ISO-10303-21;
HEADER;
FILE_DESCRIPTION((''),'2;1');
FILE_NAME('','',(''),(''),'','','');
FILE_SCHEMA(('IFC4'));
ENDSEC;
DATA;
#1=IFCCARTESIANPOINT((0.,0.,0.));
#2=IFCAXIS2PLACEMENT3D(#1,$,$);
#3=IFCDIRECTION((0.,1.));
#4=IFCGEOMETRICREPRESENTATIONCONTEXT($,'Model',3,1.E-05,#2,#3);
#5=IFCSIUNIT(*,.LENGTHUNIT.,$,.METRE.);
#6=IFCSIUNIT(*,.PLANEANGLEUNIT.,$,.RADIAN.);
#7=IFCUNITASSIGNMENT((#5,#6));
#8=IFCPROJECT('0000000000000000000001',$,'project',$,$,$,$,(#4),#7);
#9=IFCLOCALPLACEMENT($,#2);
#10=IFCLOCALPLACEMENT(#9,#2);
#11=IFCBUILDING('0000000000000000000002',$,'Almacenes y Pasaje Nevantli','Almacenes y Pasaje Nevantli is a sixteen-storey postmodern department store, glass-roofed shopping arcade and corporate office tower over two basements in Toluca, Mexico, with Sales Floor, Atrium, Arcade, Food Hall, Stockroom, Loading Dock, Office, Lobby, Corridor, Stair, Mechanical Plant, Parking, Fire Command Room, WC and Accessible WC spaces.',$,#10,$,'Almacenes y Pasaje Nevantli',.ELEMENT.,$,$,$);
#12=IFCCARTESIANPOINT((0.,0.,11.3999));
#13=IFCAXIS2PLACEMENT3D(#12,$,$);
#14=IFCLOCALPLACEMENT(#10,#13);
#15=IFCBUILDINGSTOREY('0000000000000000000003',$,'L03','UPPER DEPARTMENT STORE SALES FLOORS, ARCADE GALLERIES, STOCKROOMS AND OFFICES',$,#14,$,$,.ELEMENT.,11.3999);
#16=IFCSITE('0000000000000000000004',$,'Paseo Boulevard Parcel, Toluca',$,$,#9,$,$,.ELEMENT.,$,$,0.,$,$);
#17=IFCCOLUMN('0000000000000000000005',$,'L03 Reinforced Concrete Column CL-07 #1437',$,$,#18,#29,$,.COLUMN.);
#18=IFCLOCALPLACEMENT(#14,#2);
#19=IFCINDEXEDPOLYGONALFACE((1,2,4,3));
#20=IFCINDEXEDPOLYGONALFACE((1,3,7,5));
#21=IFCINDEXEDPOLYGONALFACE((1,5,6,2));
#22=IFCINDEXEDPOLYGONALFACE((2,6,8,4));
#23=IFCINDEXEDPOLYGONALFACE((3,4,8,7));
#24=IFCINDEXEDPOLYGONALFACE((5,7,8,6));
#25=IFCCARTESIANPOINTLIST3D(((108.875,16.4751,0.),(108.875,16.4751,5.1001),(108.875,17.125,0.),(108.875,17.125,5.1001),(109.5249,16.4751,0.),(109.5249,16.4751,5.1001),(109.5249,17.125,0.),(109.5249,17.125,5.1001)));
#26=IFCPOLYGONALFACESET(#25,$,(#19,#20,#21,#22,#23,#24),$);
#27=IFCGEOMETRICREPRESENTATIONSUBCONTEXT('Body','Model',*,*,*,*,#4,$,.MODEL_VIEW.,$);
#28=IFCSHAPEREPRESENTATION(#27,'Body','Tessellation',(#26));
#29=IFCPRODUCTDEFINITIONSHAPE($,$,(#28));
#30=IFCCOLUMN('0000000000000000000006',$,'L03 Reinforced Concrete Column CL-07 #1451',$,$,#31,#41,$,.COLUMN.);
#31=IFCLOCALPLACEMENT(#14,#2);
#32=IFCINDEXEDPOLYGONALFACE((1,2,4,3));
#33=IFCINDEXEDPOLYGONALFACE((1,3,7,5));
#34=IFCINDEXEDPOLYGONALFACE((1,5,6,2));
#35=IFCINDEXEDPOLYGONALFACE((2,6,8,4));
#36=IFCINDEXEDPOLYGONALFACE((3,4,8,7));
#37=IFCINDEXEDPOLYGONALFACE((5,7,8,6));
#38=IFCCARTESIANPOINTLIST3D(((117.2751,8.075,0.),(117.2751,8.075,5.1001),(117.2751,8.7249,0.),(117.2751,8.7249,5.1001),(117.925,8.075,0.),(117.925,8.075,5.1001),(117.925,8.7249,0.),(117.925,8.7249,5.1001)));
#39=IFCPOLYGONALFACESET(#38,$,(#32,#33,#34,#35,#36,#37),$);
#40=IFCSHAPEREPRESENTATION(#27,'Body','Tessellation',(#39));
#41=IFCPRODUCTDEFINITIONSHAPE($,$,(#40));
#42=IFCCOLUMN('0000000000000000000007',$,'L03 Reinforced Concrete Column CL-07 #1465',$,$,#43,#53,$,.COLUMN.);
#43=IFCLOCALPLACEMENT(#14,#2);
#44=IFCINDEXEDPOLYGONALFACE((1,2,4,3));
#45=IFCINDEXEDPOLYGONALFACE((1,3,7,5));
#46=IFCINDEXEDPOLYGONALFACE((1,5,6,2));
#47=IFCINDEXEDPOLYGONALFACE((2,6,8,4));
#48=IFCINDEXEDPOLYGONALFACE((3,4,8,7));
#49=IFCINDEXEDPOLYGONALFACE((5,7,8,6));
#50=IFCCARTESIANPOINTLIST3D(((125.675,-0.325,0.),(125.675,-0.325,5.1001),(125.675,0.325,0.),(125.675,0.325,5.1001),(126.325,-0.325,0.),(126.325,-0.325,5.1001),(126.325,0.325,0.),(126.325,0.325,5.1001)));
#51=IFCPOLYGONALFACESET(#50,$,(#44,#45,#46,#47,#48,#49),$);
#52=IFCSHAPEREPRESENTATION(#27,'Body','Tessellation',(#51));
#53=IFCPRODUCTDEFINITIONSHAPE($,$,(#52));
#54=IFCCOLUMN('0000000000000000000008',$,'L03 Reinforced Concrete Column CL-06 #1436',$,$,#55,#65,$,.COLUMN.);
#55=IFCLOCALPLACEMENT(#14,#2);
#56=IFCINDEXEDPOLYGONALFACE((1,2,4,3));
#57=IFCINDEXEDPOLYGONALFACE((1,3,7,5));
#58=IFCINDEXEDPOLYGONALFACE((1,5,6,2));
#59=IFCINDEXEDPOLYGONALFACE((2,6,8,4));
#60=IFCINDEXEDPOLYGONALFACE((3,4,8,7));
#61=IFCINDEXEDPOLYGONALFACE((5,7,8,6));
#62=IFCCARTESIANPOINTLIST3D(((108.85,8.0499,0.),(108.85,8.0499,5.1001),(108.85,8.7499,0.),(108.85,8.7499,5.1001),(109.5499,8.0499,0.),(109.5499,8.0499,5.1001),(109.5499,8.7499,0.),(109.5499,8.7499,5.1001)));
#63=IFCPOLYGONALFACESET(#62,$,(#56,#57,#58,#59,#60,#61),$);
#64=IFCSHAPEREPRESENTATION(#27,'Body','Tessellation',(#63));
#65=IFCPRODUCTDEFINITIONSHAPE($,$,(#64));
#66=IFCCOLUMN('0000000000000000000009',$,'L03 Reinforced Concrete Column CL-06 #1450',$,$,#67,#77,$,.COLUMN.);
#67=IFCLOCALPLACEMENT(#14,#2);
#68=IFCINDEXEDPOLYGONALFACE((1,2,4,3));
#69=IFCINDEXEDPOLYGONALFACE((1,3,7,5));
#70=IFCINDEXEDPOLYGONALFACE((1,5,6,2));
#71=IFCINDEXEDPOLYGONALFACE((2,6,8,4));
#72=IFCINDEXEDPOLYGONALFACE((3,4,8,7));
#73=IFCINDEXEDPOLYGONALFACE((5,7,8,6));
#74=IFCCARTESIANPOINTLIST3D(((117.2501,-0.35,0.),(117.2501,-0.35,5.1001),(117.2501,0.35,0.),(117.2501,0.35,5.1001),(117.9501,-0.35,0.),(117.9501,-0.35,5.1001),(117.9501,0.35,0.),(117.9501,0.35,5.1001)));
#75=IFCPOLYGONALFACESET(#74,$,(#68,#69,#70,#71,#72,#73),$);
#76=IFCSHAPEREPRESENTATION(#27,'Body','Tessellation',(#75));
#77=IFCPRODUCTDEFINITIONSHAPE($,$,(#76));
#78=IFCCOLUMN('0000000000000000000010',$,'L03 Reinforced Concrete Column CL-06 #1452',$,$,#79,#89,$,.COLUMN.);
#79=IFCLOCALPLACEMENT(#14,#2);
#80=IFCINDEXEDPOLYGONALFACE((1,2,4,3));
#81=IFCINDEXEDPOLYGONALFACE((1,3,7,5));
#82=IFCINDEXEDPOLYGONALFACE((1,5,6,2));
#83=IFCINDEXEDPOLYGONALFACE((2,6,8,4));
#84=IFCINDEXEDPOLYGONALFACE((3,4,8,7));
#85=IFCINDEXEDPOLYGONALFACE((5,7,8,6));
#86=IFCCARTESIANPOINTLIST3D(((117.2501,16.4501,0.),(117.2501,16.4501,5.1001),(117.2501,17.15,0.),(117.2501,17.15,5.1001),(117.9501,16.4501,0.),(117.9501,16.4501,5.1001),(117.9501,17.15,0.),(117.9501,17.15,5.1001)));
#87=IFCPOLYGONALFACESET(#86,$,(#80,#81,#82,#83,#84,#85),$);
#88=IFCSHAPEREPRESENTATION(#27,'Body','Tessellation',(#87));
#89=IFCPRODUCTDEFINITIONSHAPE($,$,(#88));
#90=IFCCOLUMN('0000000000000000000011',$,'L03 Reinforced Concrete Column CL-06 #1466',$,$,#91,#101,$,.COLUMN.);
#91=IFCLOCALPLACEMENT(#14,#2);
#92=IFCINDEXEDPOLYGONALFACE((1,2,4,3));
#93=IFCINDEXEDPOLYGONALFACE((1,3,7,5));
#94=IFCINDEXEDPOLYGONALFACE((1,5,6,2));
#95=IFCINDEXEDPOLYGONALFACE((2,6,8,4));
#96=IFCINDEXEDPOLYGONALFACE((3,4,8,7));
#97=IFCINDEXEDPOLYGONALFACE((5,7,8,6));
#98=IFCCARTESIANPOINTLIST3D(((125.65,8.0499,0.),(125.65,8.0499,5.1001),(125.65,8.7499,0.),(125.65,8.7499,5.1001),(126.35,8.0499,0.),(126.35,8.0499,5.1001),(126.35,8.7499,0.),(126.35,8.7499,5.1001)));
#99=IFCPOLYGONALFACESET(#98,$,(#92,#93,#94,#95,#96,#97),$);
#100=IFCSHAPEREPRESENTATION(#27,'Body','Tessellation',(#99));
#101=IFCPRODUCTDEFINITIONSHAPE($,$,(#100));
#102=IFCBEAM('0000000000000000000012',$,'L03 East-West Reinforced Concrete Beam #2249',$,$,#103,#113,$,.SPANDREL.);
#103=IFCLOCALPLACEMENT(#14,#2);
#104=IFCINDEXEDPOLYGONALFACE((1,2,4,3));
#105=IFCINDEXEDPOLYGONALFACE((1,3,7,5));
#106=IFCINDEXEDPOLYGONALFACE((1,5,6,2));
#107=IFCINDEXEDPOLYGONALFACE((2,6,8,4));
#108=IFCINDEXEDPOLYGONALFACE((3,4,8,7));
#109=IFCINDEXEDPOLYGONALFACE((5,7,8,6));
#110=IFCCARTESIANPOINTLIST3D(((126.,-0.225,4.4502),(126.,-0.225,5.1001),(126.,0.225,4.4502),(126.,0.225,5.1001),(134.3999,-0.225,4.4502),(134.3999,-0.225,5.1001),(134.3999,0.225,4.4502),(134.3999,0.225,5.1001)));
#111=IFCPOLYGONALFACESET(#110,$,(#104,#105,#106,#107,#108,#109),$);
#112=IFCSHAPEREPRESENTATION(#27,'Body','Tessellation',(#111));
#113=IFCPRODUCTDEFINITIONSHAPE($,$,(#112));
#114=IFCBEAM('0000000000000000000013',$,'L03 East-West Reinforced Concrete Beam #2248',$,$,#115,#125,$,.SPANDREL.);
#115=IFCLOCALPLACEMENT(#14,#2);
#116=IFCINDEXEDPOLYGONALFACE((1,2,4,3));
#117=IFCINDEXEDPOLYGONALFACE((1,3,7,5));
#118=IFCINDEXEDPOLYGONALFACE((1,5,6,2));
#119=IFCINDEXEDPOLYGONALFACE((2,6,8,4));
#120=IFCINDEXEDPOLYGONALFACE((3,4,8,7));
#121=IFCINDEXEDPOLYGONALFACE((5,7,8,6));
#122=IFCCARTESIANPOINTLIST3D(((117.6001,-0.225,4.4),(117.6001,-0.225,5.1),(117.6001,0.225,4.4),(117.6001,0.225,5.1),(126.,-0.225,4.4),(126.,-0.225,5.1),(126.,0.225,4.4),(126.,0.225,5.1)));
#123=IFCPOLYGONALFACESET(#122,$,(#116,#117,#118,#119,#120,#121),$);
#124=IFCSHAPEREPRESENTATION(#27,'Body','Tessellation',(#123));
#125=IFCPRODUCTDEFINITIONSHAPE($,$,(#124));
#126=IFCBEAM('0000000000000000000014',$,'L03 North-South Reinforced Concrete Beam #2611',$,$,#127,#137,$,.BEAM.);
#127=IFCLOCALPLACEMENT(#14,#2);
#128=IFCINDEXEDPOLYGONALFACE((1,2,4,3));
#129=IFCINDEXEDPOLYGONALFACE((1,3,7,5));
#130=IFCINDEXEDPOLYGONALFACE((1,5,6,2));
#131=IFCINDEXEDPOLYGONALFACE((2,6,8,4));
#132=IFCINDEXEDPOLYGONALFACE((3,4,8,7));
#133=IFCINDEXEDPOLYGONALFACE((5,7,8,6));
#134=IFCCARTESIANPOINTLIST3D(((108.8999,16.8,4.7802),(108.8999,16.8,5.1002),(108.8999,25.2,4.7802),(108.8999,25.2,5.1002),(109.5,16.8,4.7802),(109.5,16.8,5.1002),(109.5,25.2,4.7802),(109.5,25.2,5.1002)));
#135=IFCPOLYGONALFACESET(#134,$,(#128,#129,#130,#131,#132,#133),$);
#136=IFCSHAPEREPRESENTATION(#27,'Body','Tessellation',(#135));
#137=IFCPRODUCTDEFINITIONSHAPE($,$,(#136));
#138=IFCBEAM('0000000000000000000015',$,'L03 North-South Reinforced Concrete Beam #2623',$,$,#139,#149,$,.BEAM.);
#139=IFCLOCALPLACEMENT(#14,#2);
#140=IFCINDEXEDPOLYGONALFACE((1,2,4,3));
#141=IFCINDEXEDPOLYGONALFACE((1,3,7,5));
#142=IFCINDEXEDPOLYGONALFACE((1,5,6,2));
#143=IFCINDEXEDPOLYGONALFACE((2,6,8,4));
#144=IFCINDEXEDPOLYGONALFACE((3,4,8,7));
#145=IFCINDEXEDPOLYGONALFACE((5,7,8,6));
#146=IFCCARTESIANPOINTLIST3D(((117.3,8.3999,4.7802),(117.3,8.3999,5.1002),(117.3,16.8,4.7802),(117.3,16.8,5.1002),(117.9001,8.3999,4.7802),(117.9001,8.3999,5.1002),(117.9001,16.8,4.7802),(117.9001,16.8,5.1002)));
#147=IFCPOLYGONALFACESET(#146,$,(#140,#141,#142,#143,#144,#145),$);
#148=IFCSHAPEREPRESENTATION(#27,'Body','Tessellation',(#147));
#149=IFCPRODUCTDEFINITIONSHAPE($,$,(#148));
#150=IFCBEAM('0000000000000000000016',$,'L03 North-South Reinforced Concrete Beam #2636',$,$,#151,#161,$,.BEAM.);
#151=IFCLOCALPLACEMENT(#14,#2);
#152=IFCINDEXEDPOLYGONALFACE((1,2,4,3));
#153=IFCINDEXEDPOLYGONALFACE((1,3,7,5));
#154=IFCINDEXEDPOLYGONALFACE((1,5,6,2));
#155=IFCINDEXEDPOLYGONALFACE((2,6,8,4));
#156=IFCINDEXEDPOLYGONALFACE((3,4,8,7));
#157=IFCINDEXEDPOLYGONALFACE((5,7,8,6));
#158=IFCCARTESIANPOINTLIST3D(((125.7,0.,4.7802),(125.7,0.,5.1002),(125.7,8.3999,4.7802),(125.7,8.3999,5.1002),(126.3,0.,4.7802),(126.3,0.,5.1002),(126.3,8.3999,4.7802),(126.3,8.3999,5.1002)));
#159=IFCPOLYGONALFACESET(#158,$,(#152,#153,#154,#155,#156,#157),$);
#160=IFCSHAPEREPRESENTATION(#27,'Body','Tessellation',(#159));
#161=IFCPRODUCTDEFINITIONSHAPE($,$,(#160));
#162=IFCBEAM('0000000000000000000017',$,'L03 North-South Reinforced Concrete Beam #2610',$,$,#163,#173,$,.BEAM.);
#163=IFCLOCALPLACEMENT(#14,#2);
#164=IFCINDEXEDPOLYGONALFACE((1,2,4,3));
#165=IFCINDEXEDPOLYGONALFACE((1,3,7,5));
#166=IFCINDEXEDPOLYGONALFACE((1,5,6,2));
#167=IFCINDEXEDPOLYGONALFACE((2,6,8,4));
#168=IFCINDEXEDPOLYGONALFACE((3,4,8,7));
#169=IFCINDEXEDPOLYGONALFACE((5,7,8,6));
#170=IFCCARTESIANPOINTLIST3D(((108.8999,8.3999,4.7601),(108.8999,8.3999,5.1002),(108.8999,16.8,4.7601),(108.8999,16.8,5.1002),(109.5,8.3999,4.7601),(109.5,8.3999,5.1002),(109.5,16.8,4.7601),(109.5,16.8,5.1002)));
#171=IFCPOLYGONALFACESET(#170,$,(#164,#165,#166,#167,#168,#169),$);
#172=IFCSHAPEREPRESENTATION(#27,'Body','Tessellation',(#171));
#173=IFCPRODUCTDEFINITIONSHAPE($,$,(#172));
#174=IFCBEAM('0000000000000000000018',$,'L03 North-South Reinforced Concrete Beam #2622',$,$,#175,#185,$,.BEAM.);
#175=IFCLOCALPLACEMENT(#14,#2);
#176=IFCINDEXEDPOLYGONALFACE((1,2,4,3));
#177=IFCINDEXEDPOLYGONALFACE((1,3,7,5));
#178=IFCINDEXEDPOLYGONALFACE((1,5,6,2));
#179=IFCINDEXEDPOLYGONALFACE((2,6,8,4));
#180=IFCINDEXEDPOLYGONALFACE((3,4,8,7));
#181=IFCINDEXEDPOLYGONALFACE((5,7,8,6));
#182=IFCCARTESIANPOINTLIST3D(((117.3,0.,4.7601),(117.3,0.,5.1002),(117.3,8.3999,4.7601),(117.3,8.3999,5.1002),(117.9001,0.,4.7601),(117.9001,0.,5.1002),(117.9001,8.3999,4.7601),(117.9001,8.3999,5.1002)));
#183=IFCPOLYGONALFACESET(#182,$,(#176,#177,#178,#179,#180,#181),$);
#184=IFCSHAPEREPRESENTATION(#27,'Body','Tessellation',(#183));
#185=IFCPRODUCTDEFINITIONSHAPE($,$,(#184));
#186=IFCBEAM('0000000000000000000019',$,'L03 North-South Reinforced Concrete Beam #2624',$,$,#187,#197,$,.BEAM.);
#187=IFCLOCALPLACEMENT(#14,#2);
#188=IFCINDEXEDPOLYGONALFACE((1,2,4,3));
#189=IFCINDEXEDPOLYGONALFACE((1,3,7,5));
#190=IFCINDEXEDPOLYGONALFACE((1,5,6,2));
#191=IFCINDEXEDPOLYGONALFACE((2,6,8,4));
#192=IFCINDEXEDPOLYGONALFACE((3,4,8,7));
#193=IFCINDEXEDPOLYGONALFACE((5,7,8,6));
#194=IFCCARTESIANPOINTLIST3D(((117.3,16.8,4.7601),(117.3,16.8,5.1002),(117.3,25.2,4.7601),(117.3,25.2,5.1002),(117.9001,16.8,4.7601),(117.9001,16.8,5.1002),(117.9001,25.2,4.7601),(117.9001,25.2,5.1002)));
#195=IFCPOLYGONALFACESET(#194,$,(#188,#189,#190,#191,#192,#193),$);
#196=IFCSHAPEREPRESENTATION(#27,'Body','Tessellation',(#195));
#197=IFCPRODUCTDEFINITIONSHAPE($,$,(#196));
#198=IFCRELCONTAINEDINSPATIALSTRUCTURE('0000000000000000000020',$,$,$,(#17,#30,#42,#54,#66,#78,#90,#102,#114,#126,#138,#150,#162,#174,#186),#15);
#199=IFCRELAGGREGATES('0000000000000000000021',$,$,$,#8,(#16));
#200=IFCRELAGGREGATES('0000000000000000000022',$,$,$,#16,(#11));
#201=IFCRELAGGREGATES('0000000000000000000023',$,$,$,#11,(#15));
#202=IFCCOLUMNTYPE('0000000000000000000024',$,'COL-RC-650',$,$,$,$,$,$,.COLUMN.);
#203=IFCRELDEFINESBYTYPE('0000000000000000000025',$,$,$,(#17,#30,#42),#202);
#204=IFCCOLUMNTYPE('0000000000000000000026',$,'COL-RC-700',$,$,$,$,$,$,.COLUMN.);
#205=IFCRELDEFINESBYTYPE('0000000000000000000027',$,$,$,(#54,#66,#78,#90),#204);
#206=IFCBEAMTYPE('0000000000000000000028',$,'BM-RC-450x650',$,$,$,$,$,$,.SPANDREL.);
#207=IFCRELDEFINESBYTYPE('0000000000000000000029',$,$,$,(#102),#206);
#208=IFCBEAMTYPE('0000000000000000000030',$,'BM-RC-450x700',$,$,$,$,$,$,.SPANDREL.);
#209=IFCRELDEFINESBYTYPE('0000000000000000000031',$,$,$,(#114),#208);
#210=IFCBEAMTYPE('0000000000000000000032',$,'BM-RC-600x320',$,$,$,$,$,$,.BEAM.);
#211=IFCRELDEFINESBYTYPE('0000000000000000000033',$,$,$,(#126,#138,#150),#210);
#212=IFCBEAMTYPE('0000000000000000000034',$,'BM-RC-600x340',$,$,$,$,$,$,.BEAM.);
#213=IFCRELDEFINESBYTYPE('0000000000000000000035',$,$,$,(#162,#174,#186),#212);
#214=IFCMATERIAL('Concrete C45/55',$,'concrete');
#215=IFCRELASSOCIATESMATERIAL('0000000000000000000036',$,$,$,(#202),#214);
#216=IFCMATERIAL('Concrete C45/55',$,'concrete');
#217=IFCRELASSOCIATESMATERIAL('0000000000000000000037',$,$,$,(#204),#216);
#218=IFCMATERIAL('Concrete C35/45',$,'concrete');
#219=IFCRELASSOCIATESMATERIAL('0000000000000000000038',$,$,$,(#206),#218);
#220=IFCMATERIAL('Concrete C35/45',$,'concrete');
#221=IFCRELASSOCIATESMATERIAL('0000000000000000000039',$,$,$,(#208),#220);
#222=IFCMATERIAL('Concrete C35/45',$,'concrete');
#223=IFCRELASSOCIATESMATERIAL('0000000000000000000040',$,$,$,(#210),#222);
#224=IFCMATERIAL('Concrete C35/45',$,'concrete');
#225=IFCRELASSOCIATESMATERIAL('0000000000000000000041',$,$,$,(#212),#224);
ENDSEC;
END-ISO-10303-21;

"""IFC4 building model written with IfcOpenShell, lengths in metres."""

from ifc_helpers import new_model, si_unit, direction, frame, origin, origin_2d, place, context, subcontext, project, spatial, rectangle, extrude, material, material_profile, profile_set, type_object, element, save


model = new_model("IFC4")

# Units and contexts
model_context = context("Model", 3, precision=1e-05, world=origin(), true_north=direction((0.0, 1.0)))
body_context = subcontext(model_context, "Body", "Model", "MODEL_VIEW")
ifc_project = project(units=[si_unit("LENGTHUNIT", "METRE"), si_unit("PLANEANGLEUNIT", "RADIAN")], contexts=[model_context])

# Site, building, storey
site_placement = place(None, origin())
site = spatial("IfcSite", under=ifc_project, at=site_placement, Name="Paseo Boulevard Parcel, Toluca", CompositionType="ELEMENT", RefElevation=0.0)
building_placement = place(site_placement, origin())
building = spatial("IfcBuilding", under=site, at=building_placement, Name="Almacenes y Pasaje Nevantli", Description="Almacenes y Pasaje Nevantli is a sixteen-storey postmodern department store, glass-roofed shopping arcade and corporate office tower over two basements in Toluca, Mexico, with Sales Floor, Atrium, Arcade, Food Hall, Stockroom, Loading Dock, Office, Lobby, Corridor, Stair, Mechanical Plant, Parking, Fire Command Room, WC and Accessible WC spaces.", LongName="Almacenes y Pasaje Nevantli", CompositionType="ELEMENT")
storey_placement = place(building_placement, frame((0.0, 0.0, 11.3999)))
storey = spatial("IfcBuildingStorey", under=building, at=storey_placement, Name="L03", Description="UPPER DEPARTMENT STORE SALES FLOORS, ARCADE GALLERIES, STOCKROOMS AND OFFICES", CompositionType="ELEMENT", Elevation=11.3999)

# Columns
ifc_material_1 = material(Name="Concrete C45/55", Category="concrete")
ifc_material_profile_1 = material_profile(ifc_material_1, rectangle(XDim=0.6499, YDim=0.6499, at=origin_2d()), Name="RC-COL-650x650")
ifc_profile_set_1 = profile_set([ifc_material_profile_1], Name="Concrete C45/55")
column_type_1 = type_object("IfcColumnType", Name="COL-RC-650", PredefinedType="COLUMN", material=ifc_profile_set_1)
for number, where, z_axis, x_axis, name in (
    (1, (109.2, 16.8, 0.0), (0.0, 0.0, 1.0), (1.0, 0.0, 0.0), "L03 Reinforced Concrete Column CL-07 #1437"),
    (2, (117.6001, 8.3999, 0.0), (0.0, 0.0, 1.0), (1.0, 0.0, 0.0), "L03 Reinforced Concrete Column CL-07 #1451"),
    (3, (126.0, 0.0, 0.0), (0.0, 0.0, 1.0), (1.0, 0.0, 0.0), "L03 Reinforced Concrete Column CL-07 #1465"),
):
    element("IfcColumn", number, at=place(storey_placement, frame(where, z_axis=z_axis, x_axis=x_axis)), inside=storey, type_object=column_type_1, Name=name, PredefinedType="COLUMN", context=body_context, shape_type="SweptSolid", body=[
        extrude(rectangle(XDim=0.6499, YDim=0.6499, at=origin_2d()), origin(), (0.0, 0.0, 1.0), 5.1001),
    ])
ifc_material_2 = material(Name="Concrete C45/55", Category="concrete")
ifc_material_profile_2 = material_profile(ifc_material_2, rectangle(XDim=0.7, YDim=0.7, at=origin_2d()), Name="RC-COL-700x700")
ifc_profile_set_2 = profile_set([ifc_material_profile_2], Name="Concrete C45/55")
column_type_2 = type_object("IfcColumnType", Name="COL-RC-700", PredefinedType="COLUMN", material=ifc_profile_set_2)
for number, where, z_axis, x_axis, name in (
    (4, (109.2, 8.3999, 0.0), (0.0, 0.0, 1.0), (1.0, 0.0, 0.0), "L03 Reinforced Concrete Column CL-06 #1436"),
    (5, (117.6001, 0.0, 0.0), (0.0, 0.0, 1.0), (1.0, 0.0, 0.0), "L03 Reinforced Concrete Column CL-06 #1450"),
    (6, (117.6001, 16.8, 0.0), (0.0, 0.0, 1.0), (1.0, 0.0, 0.0), "L03 Reinforced Concrete Column CL-06 #1452"),
    (7, (126.0, 8.3999, 0.0), (0.0, 0.0, 1.0), (1.0, 0.0, 0.0), "L03 Reinforced Concrete Column CL-06 #1466"),
):
    element("IfcColumn", number, at=place(storey_placement, frame(where, z_axis=z_axis, x_axis=x_axis)), inside=storey, type_object=column_type_2, Name=name, PredefinedType="COLUMN", context=body_context, shape_type="SweptSolid", body=[
        extrude(rectangle(XDim=0.7, YDim=0.7, at=origin_2d()), origin(), (0.0, 0.0, 1.0), 5.1001),
    ])

# Beams
ifc_material_3 = material(Name="Concrete C35/45", Category="concrete")
ifc_material_profile_3 = material_profile(ifc_material_3, rectangle(XDim=0.45, YDim=0.6499, at=origin_2d()), Name="RC-BM-450x650")
ifc_profile_set_3 = profile_set([ifc_material_profile_3], Name="Concrete C35/45")
beam_type_1 = type_object("IfcBeamType", Name="BM-RC-450x650", PredefinedType="SPANDREL", material=ifc_profile_set_3)
beam_1_placement = place(storey_placement, frame((126.0, 0.0, 4.7751), z_axis=(1.0, 0.0, 0.0), x_axis=(0.0, 1.0, 0.0)))
element("IfcBeam", 8, at=beam_1_placement, inside=storey, type_object=beam_type_1, Name="L03 East-West Reinforced Concrete Beam #2249", PredefinedType="SPANDREL", context=body_context, shape_type="SweptSolid", body=[
    extrude(rectangle(XDim=0.45, YDim=0.6499, at=origin_2d()), origin(), (0.0, 0.0, 1.0), 8.3999),
])
ifc_material_4 = material(Name="Concrete C35/45", Category="concrete")
ifc_material_profile_4 = material_profile(ifc_material_4, rectangle(XDim=0.45, YDim=0.7, at=origin_2d()), Name="RC-BM-450x700")
ifc_profile_set_4 = profile_set([ifc_material_profile_4], Name="Concrete C35/45")
beam_type_2 = type_object("IfcBeamType", Name="BM-RC-450x700", PredefinedType="SPANDREL", material=ifc_profile_set_4)
beam_2_placement = place(storey_placement, frame((117.6001, 0.0, 4.75), z_axis=(1.0, 0.0, 0.0), x_axis=(0.0, 1.0, 0.0)))
element("IfcBeam", 9, at=beam_2_placement, inside=storey, type_object=beam_type_2, Name="L03 East-West Reinforced Concrete Beam #2248", PredefinedType="SPANDREL", context=body_context, shape_type="SweptSolid", body=[
    extrude(rectangle(XDim=0.45, YDim=0.7, at=origin_2d()), origin(), (0.0, 0.0, 1.0), 8.3999),
])
ifc_material_5 = material(Name="Concrete C35/45", Category="concrete")
ifc_material_profile_5 = material_profile(ifc_material_5, rectangle(XDim=0.6001, YDim=0.3201, at=origin_2d()), Name="RC-BM-600x320")
ifc_profile_set_5 = profile_set([ifc_material_profile_5], Name="Concrete C35/45")
beam_type_3 = type_object("IfcBeamType", Name="BM-RC-600x320", PredefinedType="BEAM", material=ifc_profile_set_5)
beam_3_placement = place(storey_placement, frame((109.2, 16.8, 4.9402), z_axis=(0.0, 1.0, 0.0), x_axis=(-1.0, 0.0, 0.0)))
element("IfcBeam", 10, at=beam_3_placement, inside=storey, type_object=beam_type_3, Name="L03 North-South Reinforced Concrete Beam #2611", PredefinedType="BEAM", context=body_context, shape_type="SweptSolid", body=[
    extrude(rectangle(XDim=0.6001, YDim=0.3201, at=origin_2d()), origin(), (0.0, 0.0, 1.0), 8.3999),
])
beam_4_placement = place(storey_placement, frame((117.6001, 8.3999, 4.9402), z_axis=(0.0, 1.0, 0.0), x_axis=(-1.0, 0.0, 0.0)))
element("IfcBeam", 11, at=beam_4_placement, inside=storey, type_object=beam_type_3, Name="L03 North-South Reinforced Concrete Beam #2623", PredefinedType="BEAM", context=body_context, shape_type="SweptSolid", body=[
    extrude(rectangle(XDim=0.6001, YDim=0.3201, at=origin_2d()), origin(), (0.0, 0.0, 1.0), 8.4001),
])
beam_5_placement = place(storey_placement, frame((126.0, 0.0, 4.9402), z_axis=(0.0, 1.0, 0.0), x_axis=(-1.0, 0.0, 0.0)))
element("IfcBeam", 12, at=beam_5_placement, inside=storey, type_object=beam_type_3, Name="L03 North-South Reinforced Concrete Beam #2636", PredefinedType="BEAM", context=body_context, shape_type="SweptSolid", body=[
    extrude(rectangle(XDim=0.6001, YDim=0.3201, at=origin_2d()), origin(), (0.0, 0.0, 1.0), 8.3999),
])
ifc_material_6 = material(Name="Concrete C35/45", Category="concrete")
ifc_material_profile_6 = material_profile(ifc_material_6, rectangle(XDim=0.6001, YDim=0.3401, at=origin_2d()), Name="RC-BM-600x340")
ifc_profile_set_6 = profile_set([ifc_material_profile_6], Name="Concrete C35/45")
beam_type_4 = type_object("IfcBeamType", Name="BM-RC-600x340", PredefinedType="BEAM", material=ifc_profile_set_6)
beam_6_placement = place(storey_placement, frame((109.2, 8.3999, 4.9302), z_axis=(0.0, 1.0, 0.0), x_axis=(-1.0, 0.0, 0.0)))
element("IfcBeam", 13, at=beam_6_placement, inside=storey, type_object=beam_type_4, Name="L03 North-South Reinforced Concrete Beam #2610", PredefinedType="BEAM", context=body_context, shape_type="SweptSolid", body=[
    extrude(rectangle(XDim=0.6001, YDim=0.3401, at=origin_2d()), origin(), (0.0, 0.0, 1.0), 8.4001),
])
for number, where, z_axis, x_axis, name in (
    (14, (117.6001, 0.0, 4.9302), (0.0, 1.0, 0.0), (-1.0, 0.0, 0.0), "L03 North-South Reinforced Concrete Beam #2622"),
    (15, (117.6001, 16.8, 4.9302), (0.0, 1.0, 0.0), (-1.0, 0.0, 0.0), "L03 North-South Reinforced Concrete Beam #2624"),
):
    element("IfcBeam", number, at=place(storey_placement, frame(where, z_axis=z_axis, x_axis=x_axis)), inside=storey, type_object=beam_type_4, Name=name, PredefinedType="BEAM", context=body_context, shape_type="SweptSolid", body=[
        extrude(rectangle(XDim=0.6001, YDim=0.3401, at=origin_2d()), origin(), (0.0, 0.0, 1.0), 8.3999),
    ])

save(model, "model.ifc")
